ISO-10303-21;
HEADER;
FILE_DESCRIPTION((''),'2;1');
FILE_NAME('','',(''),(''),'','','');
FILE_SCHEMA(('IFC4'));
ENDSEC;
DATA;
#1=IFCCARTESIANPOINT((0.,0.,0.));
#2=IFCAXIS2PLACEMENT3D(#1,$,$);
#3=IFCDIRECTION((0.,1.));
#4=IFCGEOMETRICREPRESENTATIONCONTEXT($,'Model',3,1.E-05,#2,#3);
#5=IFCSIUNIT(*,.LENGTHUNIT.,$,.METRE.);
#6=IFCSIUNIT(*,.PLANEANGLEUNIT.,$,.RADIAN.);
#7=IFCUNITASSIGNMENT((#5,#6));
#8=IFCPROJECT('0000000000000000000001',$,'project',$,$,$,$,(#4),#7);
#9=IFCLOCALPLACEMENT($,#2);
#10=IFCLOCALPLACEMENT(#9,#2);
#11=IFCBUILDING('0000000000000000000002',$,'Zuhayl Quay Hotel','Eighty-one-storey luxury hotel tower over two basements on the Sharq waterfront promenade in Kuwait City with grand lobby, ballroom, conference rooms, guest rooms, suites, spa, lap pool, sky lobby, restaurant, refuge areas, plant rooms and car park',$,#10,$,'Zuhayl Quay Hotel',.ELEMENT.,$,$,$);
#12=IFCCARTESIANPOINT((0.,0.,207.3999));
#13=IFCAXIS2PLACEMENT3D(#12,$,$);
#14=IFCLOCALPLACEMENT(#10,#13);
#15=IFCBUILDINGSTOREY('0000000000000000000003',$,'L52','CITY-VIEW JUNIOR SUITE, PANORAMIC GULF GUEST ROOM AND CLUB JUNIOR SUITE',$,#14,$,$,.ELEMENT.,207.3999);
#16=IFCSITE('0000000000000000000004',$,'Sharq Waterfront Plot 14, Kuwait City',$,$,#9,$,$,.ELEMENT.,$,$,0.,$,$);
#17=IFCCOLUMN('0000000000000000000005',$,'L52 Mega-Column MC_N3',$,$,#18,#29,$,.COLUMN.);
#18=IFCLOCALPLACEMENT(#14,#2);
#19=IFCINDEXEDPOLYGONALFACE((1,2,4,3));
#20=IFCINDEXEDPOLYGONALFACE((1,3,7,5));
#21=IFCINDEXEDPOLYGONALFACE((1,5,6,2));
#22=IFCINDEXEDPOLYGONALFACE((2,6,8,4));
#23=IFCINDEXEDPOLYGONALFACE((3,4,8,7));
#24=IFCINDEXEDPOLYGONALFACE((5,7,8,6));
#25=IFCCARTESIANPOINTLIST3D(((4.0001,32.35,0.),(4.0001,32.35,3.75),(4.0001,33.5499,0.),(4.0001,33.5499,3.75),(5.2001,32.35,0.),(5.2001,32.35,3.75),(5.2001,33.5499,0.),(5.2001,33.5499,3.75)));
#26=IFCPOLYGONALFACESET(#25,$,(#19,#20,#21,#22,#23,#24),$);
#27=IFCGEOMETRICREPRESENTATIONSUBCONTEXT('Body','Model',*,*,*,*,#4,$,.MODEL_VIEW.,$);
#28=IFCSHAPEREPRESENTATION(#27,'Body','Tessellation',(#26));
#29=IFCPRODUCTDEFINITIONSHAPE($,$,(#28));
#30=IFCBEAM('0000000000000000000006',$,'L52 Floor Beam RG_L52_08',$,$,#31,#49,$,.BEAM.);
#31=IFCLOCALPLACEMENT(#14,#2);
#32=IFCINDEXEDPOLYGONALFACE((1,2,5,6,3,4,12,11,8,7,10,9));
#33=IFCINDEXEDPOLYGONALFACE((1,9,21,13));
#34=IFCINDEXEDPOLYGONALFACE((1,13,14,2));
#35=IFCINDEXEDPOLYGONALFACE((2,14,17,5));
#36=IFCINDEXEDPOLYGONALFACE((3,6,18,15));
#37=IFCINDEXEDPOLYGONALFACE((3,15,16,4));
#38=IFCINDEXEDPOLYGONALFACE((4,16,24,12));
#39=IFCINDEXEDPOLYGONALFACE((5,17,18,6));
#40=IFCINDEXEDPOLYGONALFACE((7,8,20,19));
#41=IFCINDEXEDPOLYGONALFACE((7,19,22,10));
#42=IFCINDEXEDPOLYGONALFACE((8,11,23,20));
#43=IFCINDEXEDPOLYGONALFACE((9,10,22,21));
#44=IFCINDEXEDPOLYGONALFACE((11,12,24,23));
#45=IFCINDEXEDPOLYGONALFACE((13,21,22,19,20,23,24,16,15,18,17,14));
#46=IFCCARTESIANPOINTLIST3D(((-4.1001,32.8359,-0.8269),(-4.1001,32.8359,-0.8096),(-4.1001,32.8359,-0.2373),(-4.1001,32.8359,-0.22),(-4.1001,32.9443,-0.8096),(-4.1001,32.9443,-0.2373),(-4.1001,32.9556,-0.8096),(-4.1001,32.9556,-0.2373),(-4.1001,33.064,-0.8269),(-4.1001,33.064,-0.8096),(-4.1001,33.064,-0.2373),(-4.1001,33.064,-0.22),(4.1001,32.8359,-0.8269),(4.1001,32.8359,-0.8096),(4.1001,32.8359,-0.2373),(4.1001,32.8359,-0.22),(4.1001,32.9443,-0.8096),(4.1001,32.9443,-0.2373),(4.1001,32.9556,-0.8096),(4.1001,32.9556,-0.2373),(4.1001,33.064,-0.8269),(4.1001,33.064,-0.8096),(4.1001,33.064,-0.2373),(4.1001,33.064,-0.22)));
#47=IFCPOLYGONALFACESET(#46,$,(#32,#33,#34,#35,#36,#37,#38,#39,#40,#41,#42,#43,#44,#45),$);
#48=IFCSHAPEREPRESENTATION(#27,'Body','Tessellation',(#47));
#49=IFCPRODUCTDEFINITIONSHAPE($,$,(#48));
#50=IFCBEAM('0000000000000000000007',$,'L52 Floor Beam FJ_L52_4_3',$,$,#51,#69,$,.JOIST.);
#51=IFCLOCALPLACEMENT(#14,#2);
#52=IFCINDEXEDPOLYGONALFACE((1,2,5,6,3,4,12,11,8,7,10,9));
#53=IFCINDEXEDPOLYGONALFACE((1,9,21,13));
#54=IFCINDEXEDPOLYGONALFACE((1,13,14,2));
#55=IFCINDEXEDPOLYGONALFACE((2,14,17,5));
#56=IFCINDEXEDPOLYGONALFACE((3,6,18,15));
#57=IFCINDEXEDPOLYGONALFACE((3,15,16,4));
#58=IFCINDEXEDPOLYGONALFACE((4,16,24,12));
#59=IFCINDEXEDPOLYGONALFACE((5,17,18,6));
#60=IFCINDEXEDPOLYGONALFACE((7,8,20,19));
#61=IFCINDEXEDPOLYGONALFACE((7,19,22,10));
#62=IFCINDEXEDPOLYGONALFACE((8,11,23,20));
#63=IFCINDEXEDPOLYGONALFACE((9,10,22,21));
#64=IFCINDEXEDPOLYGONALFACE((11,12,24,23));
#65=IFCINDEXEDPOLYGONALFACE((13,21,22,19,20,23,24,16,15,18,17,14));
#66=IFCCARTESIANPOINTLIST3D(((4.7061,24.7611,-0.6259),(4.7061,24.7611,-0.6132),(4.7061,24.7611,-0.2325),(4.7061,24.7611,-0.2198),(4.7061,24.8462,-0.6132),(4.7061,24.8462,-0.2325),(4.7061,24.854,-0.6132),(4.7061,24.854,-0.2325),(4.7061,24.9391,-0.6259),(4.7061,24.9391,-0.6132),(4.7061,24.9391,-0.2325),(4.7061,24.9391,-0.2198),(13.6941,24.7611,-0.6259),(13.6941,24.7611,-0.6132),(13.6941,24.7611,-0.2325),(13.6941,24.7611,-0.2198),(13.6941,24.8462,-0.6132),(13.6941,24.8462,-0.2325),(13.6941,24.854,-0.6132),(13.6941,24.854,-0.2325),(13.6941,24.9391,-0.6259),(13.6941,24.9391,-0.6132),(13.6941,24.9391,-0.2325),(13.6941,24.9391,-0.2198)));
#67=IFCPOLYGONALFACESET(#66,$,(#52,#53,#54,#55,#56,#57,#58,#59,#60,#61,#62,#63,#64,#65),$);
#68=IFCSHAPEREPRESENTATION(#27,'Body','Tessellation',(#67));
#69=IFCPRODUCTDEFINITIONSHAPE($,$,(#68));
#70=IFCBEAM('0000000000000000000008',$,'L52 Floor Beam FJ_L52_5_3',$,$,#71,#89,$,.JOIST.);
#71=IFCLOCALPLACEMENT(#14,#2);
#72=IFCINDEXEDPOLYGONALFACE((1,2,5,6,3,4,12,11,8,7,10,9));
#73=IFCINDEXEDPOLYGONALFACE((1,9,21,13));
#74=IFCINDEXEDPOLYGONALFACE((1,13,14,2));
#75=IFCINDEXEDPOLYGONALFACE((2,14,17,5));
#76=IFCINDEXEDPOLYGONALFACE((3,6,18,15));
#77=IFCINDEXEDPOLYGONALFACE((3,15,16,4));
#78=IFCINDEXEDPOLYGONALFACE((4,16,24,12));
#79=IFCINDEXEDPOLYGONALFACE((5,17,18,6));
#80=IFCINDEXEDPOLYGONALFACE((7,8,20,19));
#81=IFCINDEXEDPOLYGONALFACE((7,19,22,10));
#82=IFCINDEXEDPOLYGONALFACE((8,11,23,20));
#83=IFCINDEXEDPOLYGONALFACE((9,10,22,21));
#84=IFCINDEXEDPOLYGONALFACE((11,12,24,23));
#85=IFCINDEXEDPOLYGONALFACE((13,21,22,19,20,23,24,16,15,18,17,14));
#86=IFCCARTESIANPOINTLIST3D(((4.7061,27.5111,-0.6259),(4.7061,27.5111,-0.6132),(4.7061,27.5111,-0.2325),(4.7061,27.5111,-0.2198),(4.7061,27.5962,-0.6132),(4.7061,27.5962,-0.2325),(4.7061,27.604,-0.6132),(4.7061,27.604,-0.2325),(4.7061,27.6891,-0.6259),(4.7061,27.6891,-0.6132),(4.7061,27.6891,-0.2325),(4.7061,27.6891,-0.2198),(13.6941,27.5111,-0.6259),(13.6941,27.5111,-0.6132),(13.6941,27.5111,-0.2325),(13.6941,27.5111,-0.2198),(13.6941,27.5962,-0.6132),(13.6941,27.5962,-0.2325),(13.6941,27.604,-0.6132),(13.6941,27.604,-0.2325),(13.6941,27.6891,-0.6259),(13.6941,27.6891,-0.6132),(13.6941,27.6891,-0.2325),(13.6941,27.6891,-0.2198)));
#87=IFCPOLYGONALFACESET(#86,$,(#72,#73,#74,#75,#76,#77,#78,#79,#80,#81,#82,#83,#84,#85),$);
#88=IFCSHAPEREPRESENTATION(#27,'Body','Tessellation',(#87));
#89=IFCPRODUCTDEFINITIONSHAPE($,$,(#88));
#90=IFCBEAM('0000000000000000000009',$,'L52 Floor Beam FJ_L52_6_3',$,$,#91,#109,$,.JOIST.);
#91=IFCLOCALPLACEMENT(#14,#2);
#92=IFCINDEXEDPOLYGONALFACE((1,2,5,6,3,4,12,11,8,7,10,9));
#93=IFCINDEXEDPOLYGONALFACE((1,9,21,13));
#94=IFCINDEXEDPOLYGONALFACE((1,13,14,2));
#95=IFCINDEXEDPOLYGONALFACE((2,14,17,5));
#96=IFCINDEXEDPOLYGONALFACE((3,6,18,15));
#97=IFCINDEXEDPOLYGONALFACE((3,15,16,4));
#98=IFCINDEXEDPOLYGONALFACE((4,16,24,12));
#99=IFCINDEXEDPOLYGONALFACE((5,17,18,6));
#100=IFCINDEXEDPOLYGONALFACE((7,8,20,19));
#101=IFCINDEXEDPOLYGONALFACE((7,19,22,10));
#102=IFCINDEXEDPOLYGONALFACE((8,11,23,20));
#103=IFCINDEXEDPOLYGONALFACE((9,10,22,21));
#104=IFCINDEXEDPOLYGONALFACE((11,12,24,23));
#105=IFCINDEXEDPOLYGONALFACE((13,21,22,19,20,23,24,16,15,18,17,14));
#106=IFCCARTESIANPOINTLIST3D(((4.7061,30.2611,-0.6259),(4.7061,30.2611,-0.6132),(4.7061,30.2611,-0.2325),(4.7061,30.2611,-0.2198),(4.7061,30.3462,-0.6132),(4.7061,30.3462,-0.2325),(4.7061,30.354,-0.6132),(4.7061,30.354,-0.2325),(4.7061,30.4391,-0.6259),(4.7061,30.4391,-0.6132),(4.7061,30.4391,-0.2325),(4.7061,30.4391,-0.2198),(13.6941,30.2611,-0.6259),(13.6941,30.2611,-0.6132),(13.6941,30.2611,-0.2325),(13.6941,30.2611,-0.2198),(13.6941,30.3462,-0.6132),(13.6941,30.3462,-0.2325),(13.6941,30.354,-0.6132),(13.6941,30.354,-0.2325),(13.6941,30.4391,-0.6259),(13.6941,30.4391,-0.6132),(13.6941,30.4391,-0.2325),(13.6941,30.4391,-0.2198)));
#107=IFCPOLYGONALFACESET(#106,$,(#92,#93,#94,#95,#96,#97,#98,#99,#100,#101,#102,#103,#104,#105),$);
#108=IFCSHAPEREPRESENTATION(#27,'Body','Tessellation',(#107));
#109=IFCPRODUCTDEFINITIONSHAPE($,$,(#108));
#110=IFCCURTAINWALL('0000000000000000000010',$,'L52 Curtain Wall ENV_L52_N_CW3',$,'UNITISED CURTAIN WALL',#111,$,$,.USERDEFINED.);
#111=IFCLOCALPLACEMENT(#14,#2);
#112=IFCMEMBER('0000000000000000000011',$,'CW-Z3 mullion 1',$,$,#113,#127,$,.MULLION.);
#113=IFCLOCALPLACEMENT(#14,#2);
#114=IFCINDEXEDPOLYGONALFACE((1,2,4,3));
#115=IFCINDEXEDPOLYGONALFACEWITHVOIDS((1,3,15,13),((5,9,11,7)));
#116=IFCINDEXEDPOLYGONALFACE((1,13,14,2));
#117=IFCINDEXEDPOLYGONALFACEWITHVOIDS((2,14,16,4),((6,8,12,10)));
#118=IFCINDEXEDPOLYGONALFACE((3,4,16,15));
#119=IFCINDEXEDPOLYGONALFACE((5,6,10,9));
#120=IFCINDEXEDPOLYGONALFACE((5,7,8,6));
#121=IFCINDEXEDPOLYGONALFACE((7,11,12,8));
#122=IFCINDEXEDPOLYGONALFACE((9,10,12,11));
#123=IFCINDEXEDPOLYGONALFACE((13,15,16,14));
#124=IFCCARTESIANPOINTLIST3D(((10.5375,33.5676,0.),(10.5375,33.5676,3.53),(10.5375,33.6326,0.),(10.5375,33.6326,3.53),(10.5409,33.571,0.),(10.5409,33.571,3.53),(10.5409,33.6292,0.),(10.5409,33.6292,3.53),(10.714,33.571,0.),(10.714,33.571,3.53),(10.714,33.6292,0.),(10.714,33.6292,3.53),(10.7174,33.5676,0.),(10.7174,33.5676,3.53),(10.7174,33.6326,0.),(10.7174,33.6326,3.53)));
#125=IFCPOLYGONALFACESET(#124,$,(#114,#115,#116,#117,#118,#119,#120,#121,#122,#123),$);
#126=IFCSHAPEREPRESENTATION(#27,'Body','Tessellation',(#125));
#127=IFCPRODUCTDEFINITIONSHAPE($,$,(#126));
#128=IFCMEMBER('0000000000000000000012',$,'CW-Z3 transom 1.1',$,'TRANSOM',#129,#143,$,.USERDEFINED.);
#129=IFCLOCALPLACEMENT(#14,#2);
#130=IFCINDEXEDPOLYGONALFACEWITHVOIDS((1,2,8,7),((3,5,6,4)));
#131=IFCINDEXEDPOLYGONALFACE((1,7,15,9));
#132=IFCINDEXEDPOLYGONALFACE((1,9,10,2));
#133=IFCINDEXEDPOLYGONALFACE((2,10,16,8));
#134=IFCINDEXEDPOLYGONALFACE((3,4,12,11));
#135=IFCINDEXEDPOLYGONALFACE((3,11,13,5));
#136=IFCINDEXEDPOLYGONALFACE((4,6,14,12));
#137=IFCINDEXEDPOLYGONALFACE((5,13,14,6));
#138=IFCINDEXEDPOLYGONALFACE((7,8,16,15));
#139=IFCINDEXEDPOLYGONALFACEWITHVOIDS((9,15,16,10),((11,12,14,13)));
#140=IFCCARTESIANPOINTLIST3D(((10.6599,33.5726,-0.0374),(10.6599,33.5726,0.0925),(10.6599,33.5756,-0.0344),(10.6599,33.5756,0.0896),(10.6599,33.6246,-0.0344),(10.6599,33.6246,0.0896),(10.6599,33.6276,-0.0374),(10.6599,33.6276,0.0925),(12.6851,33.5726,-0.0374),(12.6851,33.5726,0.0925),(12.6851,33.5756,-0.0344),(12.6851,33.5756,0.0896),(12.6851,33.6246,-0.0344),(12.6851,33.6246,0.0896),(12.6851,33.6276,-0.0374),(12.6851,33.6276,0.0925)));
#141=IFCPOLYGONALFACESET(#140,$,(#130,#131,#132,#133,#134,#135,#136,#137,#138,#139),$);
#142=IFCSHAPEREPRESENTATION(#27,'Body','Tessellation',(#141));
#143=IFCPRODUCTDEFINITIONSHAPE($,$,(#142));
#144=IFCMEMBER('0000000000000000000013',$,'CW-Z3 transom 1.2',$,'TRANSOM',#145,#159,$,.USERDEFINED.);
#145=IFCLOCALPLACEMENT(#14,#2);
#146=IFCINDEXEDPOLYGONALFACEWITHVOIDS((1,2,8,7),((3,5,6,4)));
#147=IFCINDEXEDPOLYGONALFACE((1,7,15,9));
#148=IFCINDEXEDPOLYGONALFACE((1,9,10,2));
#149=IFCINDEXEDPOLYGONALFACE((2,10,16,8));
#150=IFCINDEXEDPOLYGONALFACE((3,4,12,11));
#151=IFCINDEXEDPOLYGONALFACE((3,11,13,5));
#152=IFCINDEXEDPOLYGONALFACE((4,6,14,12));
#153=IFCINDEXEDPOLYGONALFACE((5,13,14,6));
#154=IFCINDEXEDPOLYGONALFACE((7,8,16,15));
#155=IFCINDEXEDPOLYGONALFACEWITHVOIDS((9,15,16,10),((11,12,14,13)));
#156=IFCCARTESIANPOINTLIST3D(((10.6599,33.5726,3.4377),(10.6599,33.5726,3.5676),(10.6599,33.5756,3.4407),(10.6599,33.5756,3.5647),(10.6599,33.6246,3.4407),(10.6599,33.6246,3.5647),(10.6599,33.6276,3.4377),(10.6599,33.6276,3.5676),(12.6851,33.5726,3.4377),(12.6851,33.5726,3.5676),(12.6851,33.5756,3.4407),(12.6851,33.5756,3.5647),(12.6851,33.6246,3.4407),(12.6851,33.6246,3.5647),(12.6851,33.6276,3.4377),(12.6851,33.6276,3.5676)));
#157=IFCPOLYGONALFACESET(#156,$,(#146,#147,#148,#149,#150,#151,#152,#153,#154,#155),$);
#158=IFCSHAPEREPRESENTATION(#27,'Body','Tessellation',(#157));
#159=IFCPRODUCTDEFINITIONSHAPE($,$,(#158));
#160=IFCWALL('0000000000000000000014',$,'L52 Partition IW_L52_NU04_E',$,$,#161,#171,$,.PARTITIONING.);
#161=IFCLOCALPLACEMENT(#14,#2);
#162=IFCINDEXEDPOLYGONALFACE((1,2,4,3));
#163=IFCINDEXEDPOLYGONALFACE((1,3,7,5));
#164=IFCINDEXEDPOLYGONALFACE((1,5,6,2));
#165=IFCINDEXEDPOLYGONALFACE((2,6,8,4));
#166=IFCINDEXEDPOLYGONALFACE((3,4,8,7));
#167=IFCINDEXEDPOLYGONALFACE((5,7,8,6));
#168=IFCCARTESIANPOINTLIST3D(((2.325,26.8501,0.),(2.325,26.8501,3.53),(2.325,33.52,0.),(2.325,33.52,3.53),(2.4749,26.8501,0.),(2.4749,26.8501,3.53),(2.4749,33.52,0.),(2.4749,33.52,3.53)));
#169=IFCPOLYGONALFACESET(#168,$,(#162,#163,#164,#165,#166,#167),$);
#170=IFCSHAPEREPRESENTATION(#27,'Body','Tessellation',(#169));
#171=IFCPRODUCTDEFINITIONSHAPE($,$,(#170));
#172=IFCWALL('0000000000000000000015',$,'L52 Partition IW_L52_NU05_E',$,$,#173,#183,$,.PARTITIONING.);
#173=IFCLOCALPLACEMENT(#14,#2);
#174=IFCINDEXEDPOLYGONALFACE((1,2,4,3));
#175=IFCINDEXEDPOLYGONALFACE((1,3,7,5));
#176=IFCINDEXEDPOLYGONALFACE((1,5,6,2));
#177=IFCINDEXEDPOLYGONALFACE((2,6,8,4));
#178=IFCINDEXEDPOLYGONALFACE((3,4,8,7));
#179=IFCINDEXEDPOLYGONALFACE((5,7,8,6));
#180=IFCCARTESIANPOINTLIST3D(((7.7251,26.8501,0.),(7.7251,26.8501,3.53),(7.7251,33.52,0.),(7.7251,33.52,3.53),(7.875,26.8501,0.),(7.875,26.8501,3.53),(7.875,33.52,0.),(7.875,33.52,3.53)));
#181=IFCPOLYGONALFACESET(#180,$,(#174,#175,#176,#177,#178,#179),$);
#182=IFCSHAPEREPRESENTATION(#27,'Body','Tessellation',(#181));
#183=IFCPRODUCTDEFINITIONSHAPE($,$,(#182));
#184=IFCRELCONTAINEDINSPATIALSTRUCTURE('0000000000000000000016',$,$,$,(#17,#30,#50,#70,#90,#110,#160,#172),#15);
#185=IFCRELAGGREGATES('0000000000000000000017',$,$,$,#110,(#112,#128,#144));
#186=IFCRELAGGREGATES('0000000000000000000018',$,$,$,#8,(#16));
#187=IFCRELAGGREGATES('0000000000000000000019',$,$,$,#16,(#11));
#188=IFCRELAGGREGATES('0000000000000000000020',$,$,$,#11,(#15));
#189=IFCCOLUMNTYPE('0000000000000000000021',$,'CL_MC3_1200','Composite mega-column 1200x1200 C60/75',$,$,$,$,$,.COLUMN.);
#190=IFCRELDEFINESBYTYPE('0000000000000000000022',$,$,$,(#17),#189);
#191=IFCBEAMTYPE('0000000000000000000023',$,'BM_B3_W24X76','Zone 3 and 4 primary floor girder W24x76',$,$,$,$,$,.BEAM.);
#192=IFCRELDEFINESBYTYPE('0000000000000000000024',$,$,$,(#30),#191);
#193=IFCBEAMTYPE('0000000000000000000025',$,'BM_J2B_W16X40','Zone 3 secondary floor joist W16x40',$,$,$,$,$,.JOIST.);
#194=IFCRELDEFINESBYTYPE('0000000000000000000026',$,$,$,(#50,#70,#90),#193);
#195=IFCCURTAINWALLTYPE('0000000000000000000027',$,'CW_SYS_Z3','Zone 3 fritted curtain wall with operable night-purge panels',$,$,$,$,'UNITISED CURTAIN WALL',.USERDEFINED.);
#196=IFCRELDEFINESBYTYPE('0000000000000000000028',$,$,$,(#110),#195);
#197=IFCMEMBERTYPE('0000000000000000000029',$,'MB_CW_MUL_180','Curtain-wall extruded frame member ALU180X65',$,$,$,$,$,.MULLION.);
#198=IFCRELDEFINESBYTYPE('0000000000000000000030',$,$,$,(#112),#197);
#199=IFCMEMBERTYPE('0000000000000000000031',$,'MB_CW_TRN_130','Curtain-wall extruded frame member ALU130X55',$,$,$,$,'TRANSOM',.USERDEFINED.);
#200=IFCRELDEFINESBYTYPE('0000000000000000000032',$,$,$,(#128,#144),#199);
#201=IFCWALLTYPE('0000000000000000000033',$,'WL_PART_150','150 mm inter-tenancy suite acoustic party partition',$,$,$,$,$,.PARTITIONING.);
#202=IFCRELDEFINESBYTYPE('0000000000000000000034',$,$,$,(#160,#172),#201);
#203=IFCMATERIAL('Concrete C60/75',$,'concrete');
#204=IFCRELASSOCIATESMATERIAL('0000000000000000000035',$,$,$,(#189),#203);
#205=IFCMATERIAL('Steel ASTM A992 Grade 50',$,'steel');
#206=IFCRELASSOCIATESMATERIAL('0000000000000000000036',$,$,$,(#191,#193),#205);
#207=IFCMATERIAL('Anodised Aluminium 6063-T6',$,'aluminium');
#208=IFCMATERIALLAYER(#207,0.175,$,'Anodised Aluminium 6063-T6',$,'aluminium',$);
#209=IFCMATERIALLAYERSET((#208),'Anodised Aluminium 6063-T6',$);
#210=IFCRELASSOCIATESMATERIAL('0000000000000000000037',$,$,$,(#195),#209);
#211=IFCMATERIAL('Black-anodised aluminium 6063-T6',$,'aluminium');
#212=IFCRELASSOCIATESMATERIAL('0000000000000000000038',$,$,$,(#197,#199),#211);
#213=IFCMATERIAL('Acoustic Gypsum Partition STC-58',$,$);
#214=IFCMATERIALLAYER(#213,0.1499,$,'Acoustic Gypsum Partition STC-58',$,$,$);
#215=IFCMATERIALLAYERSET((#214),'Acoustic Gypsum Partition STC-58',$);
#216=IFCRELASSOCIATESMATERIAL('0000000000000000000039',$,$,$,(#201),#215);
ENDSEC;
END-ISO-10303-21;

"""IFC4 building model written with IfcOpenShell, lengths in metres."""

from ifc_helpers import new_model, si_unit, direction, frame, frame_2d, origin, origin_2d, place, context, subcontext, project, spatial, rectangle, hollow_rectangle, i_section, extrude, material, layer, layer_set, material_profile, profile_set, type_object, element, aggregate, save


model = new_model("IFC4")

# Units and contexts
model_context = context("Model", 3, precision=1e-05, world=origin(), true_north=direction((0.0, 1.0)))
body_context = subcontext(model_context, "Body", "Model", "MODEL_VIEW")
ifc_project = project(units=[si_unit("LENGTHUNIT", "METRE"), si_unit("PLANEANGLEUNIT", "RADIAN")], contexts=[model_context])

# Site, building, storey
site_placement = place(None, origin())
site = spatial("IfcSite", under=ifc_project, at=site_placement, Name="Sharq Waterfront Plot 14, Kuwait City", CompositionType="ELEMENT", RefElevation=0.0)
building_placement = place(site_placement, origin())
building = spatial("IfcBuilding", under=site, at=building_placement, Name="Zuhayl Quay Hotel", Description="Eighty-one-storey luxury hotel tower over two basements on the Sharq waterfront promenade in Kuwait City with grand lobby, ballroom, conference rooms, guest rooms, suites, spa, lap pool, sky lobby, restaurant, refuge areas, plant rooms and car park", LongName="Zuhayl Quay Hotel", CompositionType="ELEMENT")
storey_placement = place(building_placement, frame((0.0, 0.0, 207.3999)))
storey = spatial("IfcBuildingStorey", under=building, at=storey_placement, Name="L52", Description="CITY-VIEW JUNIOR SUITE, PANORAMIC GULF GUEST ROOM AND CLUB JUNIOR SUITE", CompositionType="ELEMENT", Elevation=207.3999)

# Column
ifc_material_1 = material(Name="Concrete C60/75", Category="concrete")
ifc_material_profile_1 = material_profile(ifc_material_1, rectangle(XDim=1.2, YDim=1.2, at=origin_2d()), Name="RC1200X1200")
ifc_profile_set_1 = profile_set([ifc_material_profile_1], Name="Concrete C60/75")
column_type = type_object("IfcColumnType", Name="CL_MC3_1200", Description="Composite mega-column 1200x1200 C60/75", PredefinedType="COLUMN", material=ifc_profile_set_1)
column_placement = place(storey_placement, frame((4.6001, 32.95, 0.0), z_axis=(0.0, 0.0, 1.0), x_axis=(1.0, 0.0, 0.0)))
element("IfcColumn", 1, at=column_placement, inside=storey, type_object=column_type, Name="L52 Mega-Column MC_N3", PredefinedType="COLUMN", context=body_context, shape_type="SweptSolid", body=[
    extrude(rectangle(XDim=1.2, YDim=1.2, at=origin_2d()), origin(), (0.0, 0.0, 1.0), 3.75),
])

# Beams
ifc_material_2 = material(Name="Steel ASTM A992 Grade 50", Category="steel")
ifc_material_profile_2 = material_profile(ifc_material_2, i_section(OverallWidth=0.228, OverallDepth=0.6069, WebThickness=0.0112, FlangeThickness=0.0173, at=origin_2d()), Name="W24X76")
ifc_profile_set_2 = profile_set([ifc_material_profile_2], Name="Steel ASTM A992 Grade 50")
beam_type_1 = type_object("IfcBeamType", Name="BM_B3_W24X76", Description="Zone 3 and 4 primary floor girder W24x76", PredefinedType="BEAM", material=ifc_profile_set_2)
beam_placement = place(storey_placement, frame((4.1001, 32.95, -0.5234), z_axis=(-1.0, 0.0, 0.0), x_axis=(0.0, -1.0, 0.0)))
element("IfcBeam", 2, at=beam_placement, inside=storey, type_object=beam_type_1, Name="L52 Floor Beam RG_L52_08", PredefinedType="BEAM", context=body_context, shape_type="SweptSolid", body=[
    extrude(i_section(OverallWidth=0.228, OverallDepth=0.6069, WebThickness=0.0112, FlangeThickness=0.0173, at=origin_2d()), origin(), (0.0, 0.0, 1.0), 8.2002),
])
ifc_material_profile_3 = material_profile(ifc_material_2, i_section(OverallWidth=0.178, OverallDepth=0.406, WebThickness=0.0078, FlangeThickness=0.0127, at=origin_2d()), Name="W16X40")
ifc_profile_set_3 = profile_set([ifc_material_profile_3], Name="Steel ASTM A992 Grade 50")
beam_type_2 = type_object("IfcBeamType", Name="BM_J2B_W16X40", Description="Zone 3 secondary floor joist W16x40", PredefinedType="JOIST", material=ifc_profile_set_3)
for number, where, z_axis, x_axis, name in (
    (3, (4.7061, 24.8501, -0.4229), (1.0, 0.0, 0.0), (0.0, 1.0, 0.0), "L52 Floor Beam FJ_L52_4_3"),
    (4, (4.7061, 27.6001, -0.4229), (1.0, 0.0, 0.0), (0.0, 1.0, 0.0), "L52 Floor Beam FJ_L52_5_3"),
    (5, (4.7061, 30.3501, -0.4229), (1.0, 0.0, 0.0), (0.0, 1.0, 0.0), "L52 Floor Beam FJ_L52_6_3"),
):
    element("IfcBeam", number, at=place(storey_placement, frame(where, z_axis=z_axis, x_axis=x_axis)), inside=storey, type_object=beam_type_2, Name=name, PredefinedType="JOIST", context=body_context, shape_type="SweptSolid", body=[
        extrude(i_section(OverallWidth=0.178, OverallDepth=0.406, WebThickness=0.0078, FlangeThickness=0.0127, at=origin_2d()), origin(), (0.0, 0.0, 1.0), 8.988),
    ])

# Curtain wall, members
ifc_material_3 = material(Name="Anodised Aluminium 6063-T6", Category="aluminium")
ifc_layer_1 = layer(ifc_material_3, 0.175, Name="Anodised Aluminium 6063-T6", Category="aluminium")
ifc_layer_set_1 = layer_set([ifc_layer_1], Name="Anodised Aluminium 6063-T6")
curtain_wall_type = type_object("IfcCurtainWallType", Name="CW_SYS_Z3", Description="Zone 3 fritted curtain wall with operable night-purge panels", ElementType="UNITISED CURTAIN WALL", PredefinedType="USERDEFINED", material=ifc_layer_set_1)
curtain_wall_placement = place(storey_placement, origin())
curtain_wall = element("IfcCurtainWall", 6, at=curtain_wall_placement, inside=storey, type_object=curtain_wall_type, Name="L52 Curtain Wall ENV_L52_N_CW3", ObjectType="UNITISED CURTAIN WALL", PredefinedType="USERDEFINED")
ifc_material_4 = material(Name="Black-anodised aluminium 6063-T6", Category="aluminium")
ifc_material_profile_4 = material_profile(ifc_material_4, hollow_rectangle(XDim=0.0649, YDim=0.1799, WallThickness=0.0034, at=origin_2d()), Name="ALU180X65")
ifc_profile_set_4 = profile_set([ifc_material_profile_4], Name="Black-anodised aluminium 6063-T6")
member_type_1 = type_object("IfcMemberType", Name="MB_CW_MUL_180", Description="Curtain-wall extruded frame member ALU180X65", PredefinedType="MULLION", material=ifc_profile_set_4)
member_1_placement = place(storey_placement, frame((10.6274, 33.6001, 0.0), z_axis=(0.0, 0.0, 1.0), x_axis=(0.0, 1.0, 0.0)))
member_1 = element("IfcMember", 7, at=member_1_placement, type_object=member_type_1, Name="CW-Z3 mullion 1", PredefinedType="MULLION", context=body_context, shape_type="SweptSolid", body=[
    extrude(hollow_rectangle(XDim=0.0649, YDim=0.1799, WallThickness=0.0034, at=origin_2d()), origin(), (0.0, 0.0, 1.0), 3.53),
])
ifc_material_profile_5 = material_profile(ifc_material_4, hollow_rectangle(XDim=0.0549, YDim=0.1299, WallThickness=0.0029, at=origin_2d()), Name="ALU130X55")
ifc_profile_set_5 = profile_set([ifc_material_profile_5], Name="Black-anodised aluminium 6063-T6")
member_type_2 = type_object("IfcMemberType", Name="MB_CW_TRN_130", Description="Curtain-wall extruded frame member ALU130X55", ElementType="TRANSOM", PredefinedType="USERDEFINED", material=ifc_profile_set_5)
member_2_placement = place(storey_placement, frame((10.6599, 33.6001, 0.0276), z_axis=(1.0, 0.0, 0.0), x_axis=(0.0, 1.0, 0.0)))
member_2 = element("IfcMember", 8, at=member_2_placement, type_object=member_type_2, Name="CW-Z3 transom 1.1", ObjectType="TRANSOM", PredefinedType="USERDEFINED", context=body_context, shape_type="SweptSolid", body=[
    extrude(hollow_rectangle(XDim=0.0549, YDim=0.1299, WallThickness=0.0029, at=origin_2d()), origin(), (0.0, 0.0, 1.0), 2.0251),
])
member_3_placement = place(storey_placement, frame((10.6599, 33.6001, 3.5027), z_axis=(1.0, 0.0, 0.0), x_axis=(0.0, 1.0, 0.0)))
member_3 = element("IfcMember", 9, at=member_3_placement, type_object=member_type_2, Name="CW-Z3 transom 1.2", ObjectType="TRANSOM", PredefinedType="USERDEFINED", context=body_context, shape_type="SweptSolid", body=[
    extrude(hollow_rectangle(XDim=0.0549, YDim=0.1299, WallThickness=0.0029, at=origin_2d()), origin(), (0.0, 0.0, 1.0), 2.0251),
])
aggregate(curtain_wall, [member_1, member_2, member_3])

# Walls
ifc_material_5 = material(Name="Acoustic Gypsum Partition STC-58")
ifc_layer_2 = layer(ifc_material_5, 0.1499, Name="Acoustic Gypsum Partition STC-58")
ifc_layer_set_2 = layer_set([ifc_layer_2], Name="Acoustic Gypsum Partition STC-58")
wall_type_1 = type_object("IfcWallType", Name="WL_PART_150", Description="150 mm inter-tenancy suite acoustic party partition", PredefinedType="PARTITIONING", material=ifc_layer_set_2)
for number, where, z_axis, x_axis, name in (
    (10, (2.3999, 26.8501, 0.0), (0.0, 0.0, 1.0), (0.0, 1.0, 0.0), "L52 Partition IW_L52_NU04_E"),
    (11, (7.8, 26.8501, 0.0), (0.0, 0.0, 1.0), (0.0, 1.0, 0.0), "L52 Partition IW_L52_NU05_E"),
):
    element("IfcWall", number, at=place(storey_placement, frame(where, z_axis=z_axis, x_axis=x_axis)), inside=storey, type_object=wall_type_1, Name=name, PredefinedType="PARTITIONING", context=body_context, shape_type="SweptSolid", body=[
        extrude(rectangle(XDim=6.6699, YDim=0.1499, at=frame_2d((3.335, 0.0))), origin(), (0.0, 0.0, 1.0), 3.53),
    ])

save(model, "model.ifc")
